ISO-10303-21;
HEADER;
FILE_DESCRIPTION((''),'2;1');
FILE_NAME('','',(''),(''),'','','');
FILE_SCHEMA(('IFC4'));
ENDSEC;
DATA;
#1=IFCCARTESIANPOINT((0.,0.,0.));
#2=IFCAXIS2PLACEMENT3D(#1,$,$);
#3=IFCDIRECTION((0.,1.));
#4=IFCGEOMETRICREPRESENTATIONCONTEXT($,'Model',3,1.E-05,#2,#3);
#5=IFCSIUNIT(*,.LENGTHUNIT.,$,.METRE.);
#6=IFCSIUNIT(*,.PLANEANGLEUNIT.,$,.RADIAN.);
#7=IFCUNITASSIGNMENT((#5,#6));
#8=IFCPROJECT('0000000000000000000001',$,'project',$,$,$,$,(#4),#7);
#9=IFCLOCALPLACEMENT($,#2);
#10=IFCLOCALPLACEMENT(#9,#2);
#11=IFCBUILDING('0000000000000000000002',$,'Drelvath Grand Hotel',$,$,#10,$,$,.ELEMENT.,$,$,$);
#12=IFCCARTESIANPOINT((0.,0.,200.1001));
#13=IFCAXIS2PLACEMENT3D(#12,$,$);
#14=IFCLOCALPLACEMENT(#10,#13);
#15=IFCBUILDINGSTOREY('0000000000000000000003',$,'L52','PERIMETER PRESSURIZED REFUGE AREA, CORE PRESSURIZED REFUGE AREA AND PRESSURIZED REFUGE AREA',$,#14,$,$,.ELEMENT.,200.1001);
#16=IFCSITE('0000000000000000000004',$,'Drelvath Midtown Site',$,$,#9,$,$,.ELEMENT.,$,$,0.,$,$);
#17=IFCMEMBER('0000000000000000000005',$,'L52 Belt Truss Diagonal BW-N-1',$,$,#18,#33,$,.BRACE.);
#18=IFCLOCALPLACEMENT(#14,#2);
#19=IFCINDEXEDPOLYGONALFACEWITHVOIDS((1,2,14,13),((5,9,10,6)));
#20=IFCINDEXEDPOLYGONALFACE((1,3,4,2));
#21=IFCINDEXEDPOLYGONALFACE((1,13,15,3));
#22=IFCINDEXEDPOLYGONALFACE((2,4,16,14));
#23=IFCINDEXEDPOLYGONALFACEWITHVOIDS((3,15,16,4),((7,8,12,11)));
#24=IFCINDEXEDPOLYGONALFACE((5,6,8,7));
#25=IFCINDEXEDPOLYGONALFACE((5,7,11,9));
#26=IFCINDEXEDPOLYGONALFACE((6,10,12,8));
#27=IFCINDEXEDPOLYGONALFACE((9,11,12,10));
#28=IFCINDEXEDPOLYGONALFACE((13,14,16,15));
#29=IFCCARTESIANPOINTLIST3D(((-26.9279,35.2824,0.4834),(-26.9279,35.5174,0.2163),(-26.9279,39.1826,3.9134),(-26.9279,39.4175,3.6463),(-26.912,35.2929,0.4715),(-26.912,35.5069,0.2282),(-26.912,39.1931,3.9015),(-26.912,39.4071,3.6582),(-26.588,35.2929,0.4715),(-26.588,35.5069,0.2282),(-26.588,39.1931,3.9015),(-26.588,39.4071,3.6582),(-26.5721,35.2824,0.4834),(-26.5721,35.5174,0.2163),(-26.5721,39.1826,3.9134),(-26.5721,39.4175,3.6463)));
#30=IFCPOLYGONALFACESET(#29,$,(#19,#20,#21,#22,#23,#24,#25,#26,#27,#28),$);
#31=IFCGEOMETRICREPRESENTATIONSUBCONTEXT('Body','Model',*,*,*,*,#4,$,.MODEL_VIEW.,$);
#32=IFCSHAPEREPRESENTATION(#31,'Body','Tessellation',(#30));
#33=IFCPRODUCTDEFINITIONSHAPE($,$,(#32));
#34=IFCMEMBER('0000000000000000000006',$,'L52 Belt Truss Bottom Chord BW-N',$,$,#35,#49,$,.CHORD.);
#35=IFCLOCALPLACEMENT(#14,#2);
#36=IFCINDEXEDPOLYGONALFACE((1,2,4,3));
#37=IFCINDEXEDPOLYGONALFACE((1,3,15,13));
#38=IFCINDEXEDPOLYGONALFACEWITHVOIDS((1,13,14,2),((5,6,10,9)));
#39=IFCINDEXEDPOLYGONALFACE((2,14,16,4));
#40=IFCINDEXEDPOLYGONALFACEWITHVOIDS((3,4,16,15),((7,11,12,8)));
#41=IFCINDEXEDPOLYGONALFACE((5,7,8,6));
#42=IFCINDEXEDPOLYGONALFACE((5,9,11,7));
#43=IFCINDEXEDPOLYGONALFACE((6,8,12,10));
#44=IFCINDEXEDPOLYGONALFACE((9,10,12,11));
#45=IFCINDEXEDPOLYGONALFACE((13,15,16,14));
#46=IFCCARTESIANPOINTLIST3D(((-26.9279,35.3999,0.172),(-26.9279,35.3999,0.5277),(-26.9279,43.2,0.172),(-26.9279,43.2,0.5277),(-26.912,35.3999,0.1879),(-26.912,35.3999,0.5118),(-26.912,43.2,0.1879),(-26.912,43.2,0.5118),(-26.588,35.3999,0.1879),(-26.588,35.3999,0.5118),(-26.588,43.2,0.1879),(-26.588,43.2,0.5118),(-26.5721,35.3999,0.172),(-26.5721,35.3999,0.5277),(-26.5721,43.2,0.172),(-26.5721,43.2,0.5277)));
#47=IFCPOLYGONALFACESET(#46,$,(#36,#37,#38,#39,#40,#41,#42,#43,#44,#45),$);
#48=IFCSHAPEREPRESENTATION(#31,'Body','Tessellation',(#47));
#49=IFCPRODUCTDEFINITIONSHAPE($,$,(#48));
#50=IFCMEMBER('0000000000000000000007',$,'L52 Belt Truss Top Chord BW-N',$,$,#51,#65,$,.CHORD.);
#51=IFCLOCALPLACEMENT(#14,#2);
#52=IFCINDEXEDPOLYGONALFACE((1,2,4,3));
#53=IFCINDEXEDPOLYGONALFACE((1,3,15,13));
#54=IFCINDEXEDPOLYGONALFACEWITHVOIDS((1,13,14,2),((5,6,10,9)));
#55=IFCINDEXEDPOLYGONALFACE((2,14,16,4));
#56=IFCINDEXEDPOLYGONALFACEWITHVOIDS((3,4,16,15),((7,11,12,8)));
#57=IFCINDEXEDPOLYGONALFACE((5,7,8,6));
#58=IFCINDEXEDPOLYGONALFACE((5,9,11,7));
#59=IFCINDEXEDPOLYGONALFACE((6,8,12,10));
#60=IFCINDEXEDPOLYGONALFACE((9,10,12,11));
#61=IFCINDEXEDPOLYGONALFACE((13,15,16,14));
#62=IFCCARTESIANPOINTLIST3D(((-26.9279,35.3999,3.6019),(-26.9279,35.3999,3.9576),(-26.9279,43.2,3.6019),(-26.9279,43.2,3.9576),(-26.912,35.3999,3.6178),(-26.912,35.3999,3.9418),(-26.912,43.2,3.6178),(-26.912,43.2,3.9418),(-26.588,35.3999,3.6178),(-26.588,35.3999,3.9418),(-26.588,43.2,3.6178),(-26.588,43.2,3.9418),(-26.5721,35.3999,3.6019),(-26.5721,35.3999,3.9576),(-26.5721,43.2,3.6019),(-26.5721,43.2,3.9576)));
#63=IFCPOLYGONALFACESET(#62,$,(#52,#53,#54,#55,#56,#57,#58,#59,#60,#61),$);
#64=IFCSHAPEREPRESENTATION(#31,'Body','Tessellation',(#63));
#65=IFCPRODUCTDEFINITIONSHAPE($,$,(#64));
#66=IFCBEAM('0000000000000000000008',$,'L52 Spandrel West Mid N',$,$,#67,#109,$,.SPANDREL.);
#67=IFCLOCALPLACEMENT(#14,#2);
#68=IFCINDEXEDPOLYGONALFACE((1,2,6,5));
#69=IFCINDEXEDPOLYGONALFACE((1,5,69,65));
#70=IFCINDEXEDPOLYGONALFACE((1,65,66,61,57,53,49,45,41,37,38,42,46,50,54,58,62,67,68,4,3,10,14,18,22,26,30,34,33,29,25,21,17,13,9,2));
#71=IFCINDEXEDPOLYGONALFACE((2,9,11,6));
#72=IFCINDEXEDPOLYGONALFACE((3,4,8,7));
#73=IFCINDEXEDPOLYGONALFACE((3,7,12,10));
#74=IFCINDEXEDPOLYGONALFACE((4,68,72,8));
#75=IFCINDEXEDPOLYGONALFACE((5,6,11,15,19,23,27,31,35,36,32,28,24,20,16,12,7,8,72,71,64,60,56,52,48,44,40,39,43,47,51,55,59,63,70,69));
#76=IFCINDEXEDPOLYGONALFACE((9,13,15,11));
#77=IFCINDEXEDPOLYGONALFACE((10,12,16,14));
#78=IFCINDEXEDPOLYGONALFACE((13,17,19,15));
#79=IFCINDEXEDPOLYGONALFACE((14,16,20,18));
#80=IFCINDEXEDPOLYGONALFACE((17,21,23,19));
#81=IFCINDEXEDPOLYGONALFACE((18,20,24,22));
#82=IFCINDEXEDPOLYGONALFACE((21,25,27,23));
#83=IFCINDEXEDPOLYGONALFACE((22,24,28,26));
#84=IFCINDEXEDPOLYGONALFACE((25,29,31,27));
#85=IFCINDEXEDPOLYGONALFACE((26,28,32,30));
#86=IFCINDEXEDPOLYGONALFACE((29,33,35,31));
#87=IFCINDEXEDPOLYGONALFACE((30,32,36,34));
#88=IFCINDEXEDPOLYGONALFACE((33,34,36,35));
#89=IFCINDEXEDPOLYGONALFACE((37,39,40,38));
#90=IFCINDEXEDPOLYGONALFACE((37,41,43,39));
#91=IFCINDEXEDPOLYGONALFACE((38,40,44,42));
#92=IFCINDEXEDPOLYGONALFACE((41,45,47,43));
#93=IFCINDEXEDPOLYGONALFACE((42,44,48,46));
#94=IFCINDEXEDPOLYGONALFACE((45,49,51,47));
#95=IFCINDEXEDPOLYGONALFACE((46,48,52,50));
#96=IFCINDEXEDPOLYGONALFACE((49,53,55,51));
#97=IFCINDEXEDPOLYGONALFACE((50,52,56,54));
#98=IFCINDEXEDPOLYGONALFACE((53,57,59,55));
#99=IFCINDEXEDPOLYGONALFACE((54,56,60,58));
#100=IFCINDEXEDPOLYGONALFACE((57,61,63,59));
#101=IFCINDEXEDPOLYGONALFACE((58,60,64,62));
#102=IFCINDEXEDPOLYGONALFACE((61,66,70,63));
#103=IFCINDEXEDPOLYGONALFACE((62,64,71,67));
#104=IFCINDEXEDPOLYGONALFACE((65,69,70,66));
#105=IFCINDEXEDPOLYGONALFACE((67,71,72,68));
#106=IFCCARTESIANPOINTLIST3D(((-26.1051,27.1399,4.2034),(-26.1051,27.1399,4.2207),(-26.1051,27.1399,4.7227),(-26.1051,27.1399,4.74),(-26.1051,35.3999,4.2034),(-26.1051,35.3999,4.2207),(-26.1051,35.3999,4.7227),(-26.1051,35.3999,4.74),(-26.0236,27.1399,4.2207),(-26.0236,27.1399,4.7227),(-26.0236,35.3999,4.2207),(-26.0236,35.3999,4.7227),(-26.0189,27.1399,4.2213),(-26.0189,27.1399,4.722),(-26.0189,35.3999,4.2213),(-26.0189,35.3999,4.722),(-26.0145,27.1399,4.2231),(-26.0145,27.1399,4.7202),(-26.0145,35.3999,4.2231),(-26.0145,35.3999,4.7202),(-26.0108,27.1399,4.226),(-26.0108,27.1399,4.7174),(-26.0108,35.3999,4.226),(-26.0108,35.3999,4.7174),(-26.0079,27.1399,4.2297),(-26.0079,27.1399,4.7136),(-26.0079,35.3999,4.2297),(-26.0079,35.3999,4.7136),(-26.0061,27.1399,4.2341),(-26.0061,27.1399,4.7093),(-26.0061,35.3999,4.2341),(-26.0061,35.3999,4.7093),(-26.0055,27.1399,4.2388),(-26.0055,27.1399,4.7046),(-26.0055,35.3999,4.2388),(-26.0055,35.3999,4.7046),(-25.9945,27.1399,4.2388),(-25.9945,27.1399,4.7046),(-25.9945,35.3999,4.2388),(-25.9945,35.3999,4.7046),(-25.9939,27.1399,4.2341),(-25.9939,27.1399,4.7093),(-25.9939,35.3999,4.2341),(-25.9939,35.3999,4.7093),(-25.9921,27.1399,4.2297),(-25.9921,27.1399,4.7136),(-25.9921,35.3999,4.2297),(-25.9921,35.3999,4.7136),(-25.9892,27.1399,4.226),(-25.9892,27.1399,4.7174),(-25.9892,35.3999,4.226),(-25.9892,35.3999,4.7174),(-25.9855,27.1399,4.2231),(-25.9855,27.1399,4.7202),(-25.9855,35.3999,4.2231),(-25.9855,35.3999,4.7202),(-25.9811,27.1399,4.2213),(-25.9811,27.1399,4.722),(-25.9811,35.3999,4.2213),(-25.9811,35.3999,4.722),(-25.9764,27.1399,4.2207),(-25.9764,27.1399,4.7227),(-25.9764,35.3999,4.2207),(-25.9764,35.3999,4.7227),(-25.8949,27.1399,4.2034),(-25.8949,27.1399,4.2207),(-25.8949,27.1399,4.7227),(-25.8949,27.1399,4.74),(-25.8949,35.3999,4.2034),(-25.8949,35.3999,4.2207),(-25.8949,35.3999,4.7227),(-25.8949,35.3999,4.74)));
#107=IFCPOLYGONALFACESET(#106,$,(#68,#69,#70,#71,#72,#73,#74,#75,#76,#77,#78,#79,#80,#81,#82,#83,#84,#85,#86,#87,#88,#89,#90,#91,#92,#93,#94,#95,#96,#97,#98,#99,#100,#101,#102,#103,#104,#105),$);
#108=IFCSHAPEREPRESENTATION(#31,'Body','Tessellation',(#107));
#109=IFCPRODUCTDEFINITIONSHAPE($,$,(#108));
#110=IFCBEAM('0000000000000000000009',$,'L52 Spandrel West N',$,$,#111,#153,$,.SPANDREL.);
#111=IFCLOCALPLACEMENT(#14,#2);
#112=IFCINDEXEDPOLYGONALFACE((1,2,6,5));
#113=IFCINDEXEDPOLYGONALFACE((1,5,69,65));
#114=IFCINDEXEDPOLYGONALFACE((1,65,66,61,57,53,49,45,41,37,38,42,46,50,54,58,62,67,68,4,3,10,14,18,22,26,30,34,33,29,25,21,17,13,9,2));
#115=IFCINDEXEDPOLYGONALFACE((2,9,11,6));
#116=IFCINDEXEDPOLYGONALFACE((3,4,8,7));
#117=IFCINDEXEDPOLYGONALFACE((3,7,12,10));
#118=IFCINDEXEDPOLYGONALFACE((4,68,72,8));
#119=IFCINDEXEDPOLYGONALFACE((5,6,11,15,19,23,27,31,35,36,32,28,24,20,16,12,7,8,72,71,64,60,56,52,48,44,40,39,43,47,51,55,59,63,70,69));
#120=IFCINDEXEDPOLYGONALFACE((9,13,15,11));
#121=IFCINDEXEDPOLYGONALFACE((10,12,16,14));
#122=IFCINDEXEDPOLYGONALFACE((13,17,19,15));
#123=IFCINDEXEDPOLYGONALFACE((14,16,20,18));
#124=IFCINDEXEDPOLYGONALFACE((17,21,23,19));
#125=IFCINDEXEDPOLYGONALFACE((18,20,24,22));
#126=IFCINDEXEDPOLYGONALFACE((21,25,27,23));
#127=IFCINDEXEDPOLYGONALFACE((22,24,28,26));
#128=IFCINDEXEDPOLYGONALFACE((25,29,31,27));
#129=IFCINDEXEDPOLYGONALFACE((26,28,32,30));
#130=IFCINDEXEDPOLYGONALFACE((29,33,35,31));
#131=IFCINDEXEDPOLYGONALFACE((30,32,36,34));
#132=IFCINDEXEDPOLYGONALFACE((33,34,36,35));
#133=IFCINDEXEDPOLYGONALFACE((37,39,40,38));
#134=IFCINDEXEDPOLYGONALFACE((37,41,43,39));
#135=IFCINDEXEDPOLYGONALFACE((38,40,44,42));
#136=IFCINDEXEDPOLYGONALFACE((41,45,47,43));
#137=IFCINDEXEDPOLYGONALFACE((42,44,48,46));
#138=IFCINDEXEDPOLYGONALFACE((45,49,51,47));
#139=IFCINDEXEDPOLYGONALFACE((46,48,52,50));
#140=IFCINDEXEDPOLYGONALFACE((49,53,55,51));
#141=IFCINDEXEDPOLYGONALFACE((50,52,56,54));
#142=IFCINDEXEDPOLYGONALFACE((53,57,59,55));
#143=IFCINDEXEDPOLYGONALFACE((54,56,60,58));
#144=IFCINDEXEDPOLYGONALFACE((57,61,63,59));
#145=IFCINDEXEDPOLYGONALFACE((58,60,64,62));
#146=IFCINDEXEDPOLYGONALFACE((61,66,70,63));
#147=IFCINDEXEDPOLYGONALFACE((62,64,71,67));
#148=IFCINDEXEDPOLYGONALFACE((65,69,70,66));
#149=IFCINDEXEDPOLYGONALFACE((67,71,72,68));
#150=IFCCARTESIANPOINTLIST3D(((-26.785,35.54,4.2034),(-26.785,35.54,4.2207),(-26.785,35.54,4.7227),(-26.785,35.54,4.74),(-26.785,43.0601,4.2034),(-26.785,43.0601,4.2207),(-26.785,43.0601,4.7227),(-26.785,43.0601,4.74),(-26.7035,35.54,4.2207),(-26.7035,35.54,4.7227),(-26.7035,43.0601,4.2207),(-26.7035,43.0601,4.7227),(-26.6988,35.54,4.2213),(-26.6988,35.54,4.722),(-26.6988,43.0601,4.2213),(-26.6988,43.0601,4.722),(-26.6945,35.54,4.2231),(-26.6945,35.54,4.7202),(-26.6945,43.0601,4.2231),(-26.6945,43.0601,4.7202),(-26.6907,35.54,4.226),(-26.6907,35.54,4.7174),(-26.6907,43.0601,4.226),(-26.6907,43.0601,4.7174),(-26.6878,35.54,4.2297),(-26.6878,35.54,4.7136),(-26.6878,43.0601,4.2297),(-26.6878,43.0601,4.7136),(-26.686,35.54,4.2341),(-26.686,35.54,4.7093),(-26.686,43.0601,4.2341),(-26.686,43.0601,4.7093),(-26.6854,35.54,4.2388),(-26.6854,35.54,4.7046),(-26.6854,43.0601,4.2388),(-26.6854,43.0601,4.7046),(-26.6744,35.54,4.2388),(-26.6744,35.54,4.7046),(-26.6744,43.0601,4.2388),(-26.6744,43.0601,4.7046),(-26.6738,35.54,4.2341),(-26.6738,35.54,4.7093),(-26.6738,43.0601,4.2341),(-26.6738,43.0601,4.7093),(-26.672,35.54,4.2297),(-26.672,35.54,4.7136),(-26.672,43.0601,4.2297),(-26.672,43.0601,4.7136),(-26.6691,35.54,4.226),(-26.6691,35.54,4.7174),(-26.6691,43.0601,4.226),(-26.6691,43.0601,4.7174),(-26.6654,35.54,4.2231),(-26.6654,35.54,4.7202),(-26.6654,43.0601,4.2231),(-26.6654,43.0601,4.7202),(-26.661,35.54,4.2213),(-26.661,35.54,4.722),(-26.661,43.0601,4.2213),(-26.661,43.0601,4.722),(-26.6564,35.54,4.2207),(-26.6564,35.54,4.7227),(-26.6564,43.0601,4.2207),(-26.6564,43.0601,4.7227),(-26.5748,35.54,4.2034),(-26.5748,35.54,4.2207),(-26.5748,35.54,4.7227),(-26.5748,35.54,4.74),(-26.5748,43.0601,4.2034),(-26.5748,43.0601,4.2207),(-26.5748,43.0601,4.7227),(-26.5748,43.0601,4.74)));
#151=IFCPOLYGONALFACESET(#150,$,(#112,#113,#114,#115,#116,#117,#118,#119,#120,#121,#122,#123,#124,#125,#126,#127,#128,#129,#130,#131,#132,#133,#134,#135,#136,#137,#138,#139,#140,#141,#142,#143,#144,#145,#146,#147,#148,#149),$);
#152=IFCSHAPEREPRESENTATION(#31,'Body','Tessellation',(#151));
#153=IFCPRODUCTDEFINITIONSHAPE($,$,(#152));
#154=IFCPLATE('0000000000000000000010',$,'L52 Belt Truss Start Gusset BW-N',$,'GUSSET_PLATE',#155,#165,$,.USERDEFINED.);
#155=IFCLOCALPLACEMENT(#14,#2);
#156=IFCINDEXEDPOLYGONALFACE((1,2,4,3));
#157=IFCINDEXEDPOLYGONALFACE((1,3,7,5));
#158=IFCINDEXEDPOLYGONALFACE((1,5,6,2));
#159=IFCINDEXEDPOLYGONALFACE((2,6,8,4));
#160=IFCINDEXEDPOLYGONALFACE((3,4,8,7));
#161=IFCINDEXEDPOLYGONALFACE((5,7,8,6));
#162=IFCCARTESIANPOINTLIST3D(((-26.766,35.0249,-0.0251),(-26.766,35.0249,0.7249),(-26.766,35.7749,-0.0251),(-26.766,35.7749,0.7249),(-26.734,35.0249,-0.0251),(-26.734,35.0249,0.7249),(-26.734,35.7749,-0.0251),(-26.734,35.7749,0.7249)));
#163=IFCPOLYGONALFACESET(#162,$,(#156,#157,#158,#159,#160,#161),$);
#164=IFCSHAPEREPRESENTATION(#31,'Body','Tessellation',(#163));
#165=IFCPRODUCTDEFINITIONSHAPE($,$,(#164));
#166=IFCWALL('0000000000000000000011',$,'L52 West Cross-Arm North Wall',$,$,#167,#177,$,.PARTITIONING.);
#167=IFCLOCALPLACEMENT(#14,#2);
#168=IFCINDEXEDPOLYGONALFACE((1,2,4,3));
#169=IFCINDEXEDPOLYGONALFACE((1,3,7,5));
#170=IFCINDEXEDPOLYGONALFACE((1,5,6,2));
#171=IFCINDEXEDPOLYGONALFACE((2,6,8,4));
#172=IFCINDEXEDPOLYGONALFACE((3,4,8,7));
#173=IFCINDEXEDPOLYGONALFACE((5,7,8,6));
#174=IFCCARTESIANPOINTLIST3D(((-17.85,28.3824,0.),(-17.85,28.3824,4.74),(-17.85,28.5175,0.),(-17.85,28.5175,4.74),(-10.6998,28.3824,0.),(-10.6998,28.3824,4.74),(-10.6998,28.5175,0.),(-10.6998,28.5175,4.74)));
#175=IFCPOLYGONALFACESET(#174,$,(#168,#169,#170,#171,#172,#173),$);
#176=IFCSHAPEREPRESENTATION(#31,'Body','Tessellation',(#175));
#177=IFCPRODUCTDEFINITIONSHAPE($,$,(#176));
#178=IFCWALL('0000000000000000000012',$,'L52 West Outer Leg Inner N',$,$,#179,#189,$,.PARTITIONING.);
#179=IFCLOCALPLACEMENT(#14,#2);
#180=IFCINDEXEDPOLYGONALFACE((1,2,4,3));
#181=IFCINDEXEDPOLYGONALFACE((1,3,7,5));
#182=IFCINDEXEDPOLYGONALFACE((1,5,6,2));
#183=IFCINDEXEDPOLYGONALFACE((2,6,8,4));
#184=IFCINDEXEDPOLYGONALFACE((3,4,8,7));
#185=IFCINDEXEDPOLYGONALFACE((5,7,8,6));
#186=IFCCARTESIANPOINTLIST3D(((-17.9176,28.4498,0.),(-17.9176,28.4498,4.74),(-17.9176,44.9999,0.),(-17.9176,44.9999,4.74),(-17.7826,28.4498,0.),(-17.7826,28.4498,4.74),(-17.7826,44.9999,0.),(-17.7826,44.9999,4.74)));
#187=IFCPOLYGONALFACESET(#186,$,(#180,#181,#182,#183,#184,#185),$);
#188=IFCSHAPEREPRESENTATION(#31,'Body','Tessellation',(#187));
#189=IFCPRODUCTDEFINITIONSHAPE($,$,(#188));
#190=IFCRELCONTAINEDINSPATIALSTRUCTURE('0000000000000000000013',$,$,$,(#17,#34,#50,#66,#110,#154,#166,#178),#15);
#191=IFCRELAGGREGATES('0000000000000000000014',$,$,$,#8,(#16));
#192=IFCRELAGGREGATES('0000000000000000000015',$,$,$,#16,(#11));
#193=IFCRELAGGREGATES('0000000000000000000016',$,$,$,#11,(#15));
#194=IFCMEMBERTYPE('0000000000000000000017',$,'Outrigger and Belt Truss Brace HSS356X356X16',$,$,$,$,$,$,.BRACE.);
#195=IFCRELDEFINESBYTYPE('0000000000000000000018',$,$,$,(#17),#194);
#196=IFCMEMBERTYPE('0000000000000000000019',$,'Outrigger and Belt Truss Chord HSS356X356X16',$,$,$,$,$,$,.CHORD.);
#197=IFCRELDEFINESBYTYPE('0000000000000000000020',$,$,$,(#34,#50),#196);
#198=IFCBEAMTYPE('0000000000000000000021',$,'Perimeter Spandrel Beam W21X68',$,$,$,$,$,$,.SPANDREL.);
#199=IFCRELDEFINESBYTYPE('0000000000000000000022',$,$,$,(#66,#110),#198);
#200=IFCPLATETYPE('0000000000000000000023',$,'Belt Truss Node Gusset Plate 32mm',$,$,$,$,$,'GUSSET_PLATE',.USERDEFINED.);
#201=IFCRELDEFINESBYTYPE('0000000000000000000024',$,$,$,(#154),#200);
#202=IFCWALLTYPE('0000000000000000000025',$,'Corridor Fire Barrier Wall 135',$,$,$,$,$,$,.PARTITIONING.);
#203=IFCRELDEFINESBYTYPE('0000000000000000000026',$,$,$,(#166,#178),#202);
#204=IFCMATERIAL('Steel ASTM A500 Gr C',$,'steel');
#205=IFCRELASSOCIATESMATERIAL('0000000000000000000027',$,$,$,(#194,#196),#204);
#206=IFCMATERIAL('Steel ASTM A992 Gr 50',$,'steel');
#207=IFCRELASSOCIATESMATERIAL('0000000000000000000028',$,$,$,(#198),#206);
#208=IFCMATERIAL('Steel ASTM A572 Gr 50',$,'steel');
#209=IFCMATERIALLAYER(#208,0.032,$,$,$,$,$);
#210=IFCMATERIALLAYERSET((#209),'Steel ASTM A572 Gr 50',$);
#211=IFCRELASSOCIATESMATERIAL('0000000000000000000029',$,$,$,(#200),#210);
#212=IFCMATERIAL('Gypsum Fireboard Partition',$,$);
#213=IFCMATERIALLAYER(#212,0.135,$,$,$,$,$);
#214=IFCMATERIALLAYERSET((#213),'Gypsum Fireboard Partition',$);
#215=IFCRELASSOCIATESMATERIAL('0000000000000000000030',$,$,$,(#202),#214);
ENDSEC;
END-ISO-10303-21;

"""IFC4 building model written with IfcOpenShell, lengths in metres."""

from ifc_helpers import new_model, si_unit, direction, frame, frame_2d, origin, origin_2d, place, context, subcontext, project, spatial, rectangle, hollow_rectangle, i_section, extrude, material, layer, layer_set, material_profile, profile_set, type_object, element, save


model = new_model("IFC4")

# Units and contexts
model_context = context("Model", 3, precision=1e-05, world=origin(), true_north=direction((0.0, 1.0)))
body_context = subcontext(model_context, "Body", "Model", "MODEL_VIEW")
ifc_project = project(units=[si_unit("LENGTHUNIT", "METRE"), si_unit("PLANEANGLEUNIT", "RADIAN")], contexts=[model_context])

# Site, building, storey
site_placement = place(None, origin())
site = spatial("IfcSite", under=ifc_project, at=site_placement, Name="Drelvath Midtown Site", CompositionType="ELEMENT", RefElevation=0.0)
building_placement = place(site_placement, origin())
building = spatial("IfcBuilding", under=site, at=building_placement, Name="Drelvath Grand Hotel", CompositionType="ELEMENT")
storey_placement = place(building_placement, frame((0.0, 0.0, 200.1001)))
storey = spatial("IfcBuildingStorey", under=building, at=storey_placement, Name="L52", Description="PERIMETER PRESSURIZED REFUGE AREA, CORE PRESSURIZED REFUGE AREA AND PRESSURIZED REFUGE AREA", CompositionType="ELEMENT", Elevation=200.1001)

# Shared definitions
ifc_material_1 = material(Name="Steel ASTM A572 Gr 50", Category="steel")

# Members
ifc_material_2 = material(Name="Steel ASTM A500 Gr C", Category="steel")
ifc_material_profile_1 = material_profile(ifc_material_2, hollow_rectangle(XDim=0.3557, YDim=0.3557, WallThickness=0.0159, at=origin_2d()), Name="HSS356X356X16")
ifc_profile_set_1 = profile_set([ifc_material_profile_1], Name="Steel ASTM A500 Gr C")
member_type_1 = type_object("IfcMemberType", Name="Outrigger and Belt Truss Brace HSS356X356X16", PredefinedType="BRACE", material=ifc_profile_set_1)
member_placement = place(storey_placement, frame((-26.75, 35.3999, 0.3499), z_axis=(0.0, 0.750923, 0.660389), x_axis=(-1.0, 0.0, 0.0)))
element("IfcMember", 1, at=member_placement, inside=storey, type_object=member_type_1, Name="L52 Belt Truss Diagonal BW-N-1", PredefinedType="BRACE", context=body_context, shape_type="SweptSolid", body=[
    extrude(hollow_rectangle(XDim=0.3557, YDim=0.3557, WallThickness=0.0159, at=origin_2d()), origin(), (0.0, 0.0, 1.0), 5.1938),
])
ifc_material_profile_2 = material_profile(ifc_material_2, hollow_rectangle(XDim=0.3557, YDim=0.3557, WallThickness=0.0159, at=origin_2d()), Name="HSS356X356X16")
ifc_profile_set_2 = profile_set([ifc_material_profile_2], Name="Steel ASTM A500 Gr C")
member_type_2 = type_object("IfcMemberType", Name="Outrigger and Belt Truss Chord HSS356X356X16", PredefinedType="CHORD", material=ifc_profile_set_2)
for number, where, z_axis, x_axis, name in (
    (2, (-26.75, 35.3999, 0.3499), (0.0, 1.0, 0.0), (-1.0, 0.0, 0.0), "L52 Belt Truss Bottom Chord BW-N"),
    (3, (-26.75, 35.3999, 3.7798), (0.0, 1.0, 0.0), (-1.0, 0.0, 0.0), "L52 Belt Truss Top Chord BW-N"),
):
    element("IfcMember", number, at=place(storey_placement, frame(where, z_axis=z_axis, x_axis=x_axis)), inside=storey, type_object=member_type_2, Name=name, PredefinedType="CHORD", context=body_context, shape_type="SweptSolid", body=[
        extrude(hollow_rectangle(XDim=0.3557, YDim=0.3557, WallThickness=0.0159, at=origin_2d()), origin(), (0.0, 0.0, 1.0), 7.8),
    ])

# Beams
ifc_material_3 = material(Name="Steel ASTM A992 Gr 50", Category="steel")
ifc_material_profile_3 = material_profile(ifc_material_3, i_section(OverallWidth=0.2102, OverallDepth=0.5366, WebThickness=0.011, FlangeThickness=0.0173, FilletRadius=0.0181, at=origin_2d()), Name="W21X68")
ifc_profile_set_3 = profile_set([ifc_material_profile_3], Name="Steel ASTM A992 Gr 50")
beam_type_1 = type_object("IfcBeamType", Name="Perimeter Spandrel Beam W21X68", PredefinedType="SPANDREL", material=ifc_profile_set_3)
beam_1_placement = place(storey_placement, frame((-26.0, 27.1399, 4.4717), z_axis=(0.0, 1.0, 0.0), x_axis=(-1.0, 0.0, 0.0)))
element("IfcBeam", 4, at=beam_1_placement, inside=storey, type_object=beam_type_1, Name="L52 Spandrel West Mid N", PredefinedType="SPANDREL", context=body_context, shape_type="SweptSolid", body=[
    extrude(i_section(OverallWidth=0.2102, OverallDepth=0.5366, WebThickness=0.011, FlangeThickness=0.0173, FilletRadius=0.0181, at=origin_2d()), origin(), (0.0, 0.0, 1.0), 8.26),
])
beam_2_placement = place(storey_placement, frame((-26.6799, 35.54, 4.4717), z_axis=(0.0, 1.0, 0.0), x_axis=(-1.0, 0.0, 0.0)))
element("IfcBeam", 5, at=beam_2_placement, inside=storey, type_object=beam_type_1, Name="L52 Spandrel West N", PredefinedType="SPANDREL", context=body_context, shape_type="SweptSolid", body=[
    extrude(i_section(OverallWidth=0.2102, OverallDepth=0.5366, WebThickness=0.011, FlangeThickness=0.0173, FilletRadius=0.0181, at=origin_2d()), origin(), (0.0, 0.0, 1.0), 7.52),
])

# Plate
ifc_layer_1 = layer(ifc_material_1, 0.032)
ifc_layer_set_1 = layer_set([ifc_layer_1], Name="Steel ASTM A572 Gr 50")
plate_type = type_object("IfcPlateType", Name="Belt Truss Node Gusset Plate 32mm", ElementType="GUSSET_PLATE", PredefinedType="USERDEFINED", material=ifc_layer_set_1)
plate_placement = place(storey_placement, frame((-26.75, 35.3999, -0.0251), z_axis=(0.0, 0.0, 1.0), x_axis=(0.0, 1.0, 0.0)))
element("IfcPlate", 6, at=plate_placement, inside=storey, type_object=plate_type, Name="L52 Belt Truss Start Gusset BW-N", ObjectType="GUSSET_PLATE", PredefinedType="USERDEFINED", context=body_context, shape_type="SweptSolid", body=[
    extrude(rectangle(XDim=0.75, YDim=0.032, at=origin_2d()), origin(), (0.0, 0.0, 1.0), 0.75),
])

# Walls
ifc_material_4 = material(Name="Gypsum Fireboard Partition")
ifc_layer_2 = layer(ifc_material_4, 0.135)
ifc_layer_set_2 = layer_set([ifc_layer_2], Name="Gypsum Fireboard Partition")
wall_type_1 = type_object("IfcWallType", Name="Corridor Fire Barrier Wall 135", PredefinedType="PARTITIONING", material=ifc_layer_set_2)
wall_1_placement = place(storey_placement, frame((-17.8501, 28.45, 0.0), z_axis=(0.0, 0.0, 1.0), x_axis=(1.0, 0.0, 0.0)))
element("IfcWall", 7, at=wall_1_placement, inside=storey, type_object=wall_type_1, Name="L52 West Cross-Arm North Wall", PredefinedType="PARTITIONING", context=body_context, shape_type="SweptSolid", body=[
    extrude(rectangle(XDim=7.1501, YDim=0.135, at=frame_2d((3.5752, 0.0))), origin(), (0.0, 0.0, 1.0), 4.74),
])
wall_2_placement = place(storey_placement, frame((-17.8501, 28.45, 0.0), z_axis=(0.0, 0.0, 1.0), x_axis=(0.0, 1.0, 0.0)))
element("IfcWall", 8, at=wall_2_placement, inside=storey, type_object=wall_type_1, Name="L52 West Outer Leg Inner N", PredefinedType="PARTITIONING", context=body_context, shape_type="SweptSolid", body=[
    extrude(rectangle(XDim=16.55, YDim=0.135, at=frame_2d((8.2749, 0.0))), origin(), (0.0, 0.0, 1.0), 4.74),
])

save(model, "model.ifc")
